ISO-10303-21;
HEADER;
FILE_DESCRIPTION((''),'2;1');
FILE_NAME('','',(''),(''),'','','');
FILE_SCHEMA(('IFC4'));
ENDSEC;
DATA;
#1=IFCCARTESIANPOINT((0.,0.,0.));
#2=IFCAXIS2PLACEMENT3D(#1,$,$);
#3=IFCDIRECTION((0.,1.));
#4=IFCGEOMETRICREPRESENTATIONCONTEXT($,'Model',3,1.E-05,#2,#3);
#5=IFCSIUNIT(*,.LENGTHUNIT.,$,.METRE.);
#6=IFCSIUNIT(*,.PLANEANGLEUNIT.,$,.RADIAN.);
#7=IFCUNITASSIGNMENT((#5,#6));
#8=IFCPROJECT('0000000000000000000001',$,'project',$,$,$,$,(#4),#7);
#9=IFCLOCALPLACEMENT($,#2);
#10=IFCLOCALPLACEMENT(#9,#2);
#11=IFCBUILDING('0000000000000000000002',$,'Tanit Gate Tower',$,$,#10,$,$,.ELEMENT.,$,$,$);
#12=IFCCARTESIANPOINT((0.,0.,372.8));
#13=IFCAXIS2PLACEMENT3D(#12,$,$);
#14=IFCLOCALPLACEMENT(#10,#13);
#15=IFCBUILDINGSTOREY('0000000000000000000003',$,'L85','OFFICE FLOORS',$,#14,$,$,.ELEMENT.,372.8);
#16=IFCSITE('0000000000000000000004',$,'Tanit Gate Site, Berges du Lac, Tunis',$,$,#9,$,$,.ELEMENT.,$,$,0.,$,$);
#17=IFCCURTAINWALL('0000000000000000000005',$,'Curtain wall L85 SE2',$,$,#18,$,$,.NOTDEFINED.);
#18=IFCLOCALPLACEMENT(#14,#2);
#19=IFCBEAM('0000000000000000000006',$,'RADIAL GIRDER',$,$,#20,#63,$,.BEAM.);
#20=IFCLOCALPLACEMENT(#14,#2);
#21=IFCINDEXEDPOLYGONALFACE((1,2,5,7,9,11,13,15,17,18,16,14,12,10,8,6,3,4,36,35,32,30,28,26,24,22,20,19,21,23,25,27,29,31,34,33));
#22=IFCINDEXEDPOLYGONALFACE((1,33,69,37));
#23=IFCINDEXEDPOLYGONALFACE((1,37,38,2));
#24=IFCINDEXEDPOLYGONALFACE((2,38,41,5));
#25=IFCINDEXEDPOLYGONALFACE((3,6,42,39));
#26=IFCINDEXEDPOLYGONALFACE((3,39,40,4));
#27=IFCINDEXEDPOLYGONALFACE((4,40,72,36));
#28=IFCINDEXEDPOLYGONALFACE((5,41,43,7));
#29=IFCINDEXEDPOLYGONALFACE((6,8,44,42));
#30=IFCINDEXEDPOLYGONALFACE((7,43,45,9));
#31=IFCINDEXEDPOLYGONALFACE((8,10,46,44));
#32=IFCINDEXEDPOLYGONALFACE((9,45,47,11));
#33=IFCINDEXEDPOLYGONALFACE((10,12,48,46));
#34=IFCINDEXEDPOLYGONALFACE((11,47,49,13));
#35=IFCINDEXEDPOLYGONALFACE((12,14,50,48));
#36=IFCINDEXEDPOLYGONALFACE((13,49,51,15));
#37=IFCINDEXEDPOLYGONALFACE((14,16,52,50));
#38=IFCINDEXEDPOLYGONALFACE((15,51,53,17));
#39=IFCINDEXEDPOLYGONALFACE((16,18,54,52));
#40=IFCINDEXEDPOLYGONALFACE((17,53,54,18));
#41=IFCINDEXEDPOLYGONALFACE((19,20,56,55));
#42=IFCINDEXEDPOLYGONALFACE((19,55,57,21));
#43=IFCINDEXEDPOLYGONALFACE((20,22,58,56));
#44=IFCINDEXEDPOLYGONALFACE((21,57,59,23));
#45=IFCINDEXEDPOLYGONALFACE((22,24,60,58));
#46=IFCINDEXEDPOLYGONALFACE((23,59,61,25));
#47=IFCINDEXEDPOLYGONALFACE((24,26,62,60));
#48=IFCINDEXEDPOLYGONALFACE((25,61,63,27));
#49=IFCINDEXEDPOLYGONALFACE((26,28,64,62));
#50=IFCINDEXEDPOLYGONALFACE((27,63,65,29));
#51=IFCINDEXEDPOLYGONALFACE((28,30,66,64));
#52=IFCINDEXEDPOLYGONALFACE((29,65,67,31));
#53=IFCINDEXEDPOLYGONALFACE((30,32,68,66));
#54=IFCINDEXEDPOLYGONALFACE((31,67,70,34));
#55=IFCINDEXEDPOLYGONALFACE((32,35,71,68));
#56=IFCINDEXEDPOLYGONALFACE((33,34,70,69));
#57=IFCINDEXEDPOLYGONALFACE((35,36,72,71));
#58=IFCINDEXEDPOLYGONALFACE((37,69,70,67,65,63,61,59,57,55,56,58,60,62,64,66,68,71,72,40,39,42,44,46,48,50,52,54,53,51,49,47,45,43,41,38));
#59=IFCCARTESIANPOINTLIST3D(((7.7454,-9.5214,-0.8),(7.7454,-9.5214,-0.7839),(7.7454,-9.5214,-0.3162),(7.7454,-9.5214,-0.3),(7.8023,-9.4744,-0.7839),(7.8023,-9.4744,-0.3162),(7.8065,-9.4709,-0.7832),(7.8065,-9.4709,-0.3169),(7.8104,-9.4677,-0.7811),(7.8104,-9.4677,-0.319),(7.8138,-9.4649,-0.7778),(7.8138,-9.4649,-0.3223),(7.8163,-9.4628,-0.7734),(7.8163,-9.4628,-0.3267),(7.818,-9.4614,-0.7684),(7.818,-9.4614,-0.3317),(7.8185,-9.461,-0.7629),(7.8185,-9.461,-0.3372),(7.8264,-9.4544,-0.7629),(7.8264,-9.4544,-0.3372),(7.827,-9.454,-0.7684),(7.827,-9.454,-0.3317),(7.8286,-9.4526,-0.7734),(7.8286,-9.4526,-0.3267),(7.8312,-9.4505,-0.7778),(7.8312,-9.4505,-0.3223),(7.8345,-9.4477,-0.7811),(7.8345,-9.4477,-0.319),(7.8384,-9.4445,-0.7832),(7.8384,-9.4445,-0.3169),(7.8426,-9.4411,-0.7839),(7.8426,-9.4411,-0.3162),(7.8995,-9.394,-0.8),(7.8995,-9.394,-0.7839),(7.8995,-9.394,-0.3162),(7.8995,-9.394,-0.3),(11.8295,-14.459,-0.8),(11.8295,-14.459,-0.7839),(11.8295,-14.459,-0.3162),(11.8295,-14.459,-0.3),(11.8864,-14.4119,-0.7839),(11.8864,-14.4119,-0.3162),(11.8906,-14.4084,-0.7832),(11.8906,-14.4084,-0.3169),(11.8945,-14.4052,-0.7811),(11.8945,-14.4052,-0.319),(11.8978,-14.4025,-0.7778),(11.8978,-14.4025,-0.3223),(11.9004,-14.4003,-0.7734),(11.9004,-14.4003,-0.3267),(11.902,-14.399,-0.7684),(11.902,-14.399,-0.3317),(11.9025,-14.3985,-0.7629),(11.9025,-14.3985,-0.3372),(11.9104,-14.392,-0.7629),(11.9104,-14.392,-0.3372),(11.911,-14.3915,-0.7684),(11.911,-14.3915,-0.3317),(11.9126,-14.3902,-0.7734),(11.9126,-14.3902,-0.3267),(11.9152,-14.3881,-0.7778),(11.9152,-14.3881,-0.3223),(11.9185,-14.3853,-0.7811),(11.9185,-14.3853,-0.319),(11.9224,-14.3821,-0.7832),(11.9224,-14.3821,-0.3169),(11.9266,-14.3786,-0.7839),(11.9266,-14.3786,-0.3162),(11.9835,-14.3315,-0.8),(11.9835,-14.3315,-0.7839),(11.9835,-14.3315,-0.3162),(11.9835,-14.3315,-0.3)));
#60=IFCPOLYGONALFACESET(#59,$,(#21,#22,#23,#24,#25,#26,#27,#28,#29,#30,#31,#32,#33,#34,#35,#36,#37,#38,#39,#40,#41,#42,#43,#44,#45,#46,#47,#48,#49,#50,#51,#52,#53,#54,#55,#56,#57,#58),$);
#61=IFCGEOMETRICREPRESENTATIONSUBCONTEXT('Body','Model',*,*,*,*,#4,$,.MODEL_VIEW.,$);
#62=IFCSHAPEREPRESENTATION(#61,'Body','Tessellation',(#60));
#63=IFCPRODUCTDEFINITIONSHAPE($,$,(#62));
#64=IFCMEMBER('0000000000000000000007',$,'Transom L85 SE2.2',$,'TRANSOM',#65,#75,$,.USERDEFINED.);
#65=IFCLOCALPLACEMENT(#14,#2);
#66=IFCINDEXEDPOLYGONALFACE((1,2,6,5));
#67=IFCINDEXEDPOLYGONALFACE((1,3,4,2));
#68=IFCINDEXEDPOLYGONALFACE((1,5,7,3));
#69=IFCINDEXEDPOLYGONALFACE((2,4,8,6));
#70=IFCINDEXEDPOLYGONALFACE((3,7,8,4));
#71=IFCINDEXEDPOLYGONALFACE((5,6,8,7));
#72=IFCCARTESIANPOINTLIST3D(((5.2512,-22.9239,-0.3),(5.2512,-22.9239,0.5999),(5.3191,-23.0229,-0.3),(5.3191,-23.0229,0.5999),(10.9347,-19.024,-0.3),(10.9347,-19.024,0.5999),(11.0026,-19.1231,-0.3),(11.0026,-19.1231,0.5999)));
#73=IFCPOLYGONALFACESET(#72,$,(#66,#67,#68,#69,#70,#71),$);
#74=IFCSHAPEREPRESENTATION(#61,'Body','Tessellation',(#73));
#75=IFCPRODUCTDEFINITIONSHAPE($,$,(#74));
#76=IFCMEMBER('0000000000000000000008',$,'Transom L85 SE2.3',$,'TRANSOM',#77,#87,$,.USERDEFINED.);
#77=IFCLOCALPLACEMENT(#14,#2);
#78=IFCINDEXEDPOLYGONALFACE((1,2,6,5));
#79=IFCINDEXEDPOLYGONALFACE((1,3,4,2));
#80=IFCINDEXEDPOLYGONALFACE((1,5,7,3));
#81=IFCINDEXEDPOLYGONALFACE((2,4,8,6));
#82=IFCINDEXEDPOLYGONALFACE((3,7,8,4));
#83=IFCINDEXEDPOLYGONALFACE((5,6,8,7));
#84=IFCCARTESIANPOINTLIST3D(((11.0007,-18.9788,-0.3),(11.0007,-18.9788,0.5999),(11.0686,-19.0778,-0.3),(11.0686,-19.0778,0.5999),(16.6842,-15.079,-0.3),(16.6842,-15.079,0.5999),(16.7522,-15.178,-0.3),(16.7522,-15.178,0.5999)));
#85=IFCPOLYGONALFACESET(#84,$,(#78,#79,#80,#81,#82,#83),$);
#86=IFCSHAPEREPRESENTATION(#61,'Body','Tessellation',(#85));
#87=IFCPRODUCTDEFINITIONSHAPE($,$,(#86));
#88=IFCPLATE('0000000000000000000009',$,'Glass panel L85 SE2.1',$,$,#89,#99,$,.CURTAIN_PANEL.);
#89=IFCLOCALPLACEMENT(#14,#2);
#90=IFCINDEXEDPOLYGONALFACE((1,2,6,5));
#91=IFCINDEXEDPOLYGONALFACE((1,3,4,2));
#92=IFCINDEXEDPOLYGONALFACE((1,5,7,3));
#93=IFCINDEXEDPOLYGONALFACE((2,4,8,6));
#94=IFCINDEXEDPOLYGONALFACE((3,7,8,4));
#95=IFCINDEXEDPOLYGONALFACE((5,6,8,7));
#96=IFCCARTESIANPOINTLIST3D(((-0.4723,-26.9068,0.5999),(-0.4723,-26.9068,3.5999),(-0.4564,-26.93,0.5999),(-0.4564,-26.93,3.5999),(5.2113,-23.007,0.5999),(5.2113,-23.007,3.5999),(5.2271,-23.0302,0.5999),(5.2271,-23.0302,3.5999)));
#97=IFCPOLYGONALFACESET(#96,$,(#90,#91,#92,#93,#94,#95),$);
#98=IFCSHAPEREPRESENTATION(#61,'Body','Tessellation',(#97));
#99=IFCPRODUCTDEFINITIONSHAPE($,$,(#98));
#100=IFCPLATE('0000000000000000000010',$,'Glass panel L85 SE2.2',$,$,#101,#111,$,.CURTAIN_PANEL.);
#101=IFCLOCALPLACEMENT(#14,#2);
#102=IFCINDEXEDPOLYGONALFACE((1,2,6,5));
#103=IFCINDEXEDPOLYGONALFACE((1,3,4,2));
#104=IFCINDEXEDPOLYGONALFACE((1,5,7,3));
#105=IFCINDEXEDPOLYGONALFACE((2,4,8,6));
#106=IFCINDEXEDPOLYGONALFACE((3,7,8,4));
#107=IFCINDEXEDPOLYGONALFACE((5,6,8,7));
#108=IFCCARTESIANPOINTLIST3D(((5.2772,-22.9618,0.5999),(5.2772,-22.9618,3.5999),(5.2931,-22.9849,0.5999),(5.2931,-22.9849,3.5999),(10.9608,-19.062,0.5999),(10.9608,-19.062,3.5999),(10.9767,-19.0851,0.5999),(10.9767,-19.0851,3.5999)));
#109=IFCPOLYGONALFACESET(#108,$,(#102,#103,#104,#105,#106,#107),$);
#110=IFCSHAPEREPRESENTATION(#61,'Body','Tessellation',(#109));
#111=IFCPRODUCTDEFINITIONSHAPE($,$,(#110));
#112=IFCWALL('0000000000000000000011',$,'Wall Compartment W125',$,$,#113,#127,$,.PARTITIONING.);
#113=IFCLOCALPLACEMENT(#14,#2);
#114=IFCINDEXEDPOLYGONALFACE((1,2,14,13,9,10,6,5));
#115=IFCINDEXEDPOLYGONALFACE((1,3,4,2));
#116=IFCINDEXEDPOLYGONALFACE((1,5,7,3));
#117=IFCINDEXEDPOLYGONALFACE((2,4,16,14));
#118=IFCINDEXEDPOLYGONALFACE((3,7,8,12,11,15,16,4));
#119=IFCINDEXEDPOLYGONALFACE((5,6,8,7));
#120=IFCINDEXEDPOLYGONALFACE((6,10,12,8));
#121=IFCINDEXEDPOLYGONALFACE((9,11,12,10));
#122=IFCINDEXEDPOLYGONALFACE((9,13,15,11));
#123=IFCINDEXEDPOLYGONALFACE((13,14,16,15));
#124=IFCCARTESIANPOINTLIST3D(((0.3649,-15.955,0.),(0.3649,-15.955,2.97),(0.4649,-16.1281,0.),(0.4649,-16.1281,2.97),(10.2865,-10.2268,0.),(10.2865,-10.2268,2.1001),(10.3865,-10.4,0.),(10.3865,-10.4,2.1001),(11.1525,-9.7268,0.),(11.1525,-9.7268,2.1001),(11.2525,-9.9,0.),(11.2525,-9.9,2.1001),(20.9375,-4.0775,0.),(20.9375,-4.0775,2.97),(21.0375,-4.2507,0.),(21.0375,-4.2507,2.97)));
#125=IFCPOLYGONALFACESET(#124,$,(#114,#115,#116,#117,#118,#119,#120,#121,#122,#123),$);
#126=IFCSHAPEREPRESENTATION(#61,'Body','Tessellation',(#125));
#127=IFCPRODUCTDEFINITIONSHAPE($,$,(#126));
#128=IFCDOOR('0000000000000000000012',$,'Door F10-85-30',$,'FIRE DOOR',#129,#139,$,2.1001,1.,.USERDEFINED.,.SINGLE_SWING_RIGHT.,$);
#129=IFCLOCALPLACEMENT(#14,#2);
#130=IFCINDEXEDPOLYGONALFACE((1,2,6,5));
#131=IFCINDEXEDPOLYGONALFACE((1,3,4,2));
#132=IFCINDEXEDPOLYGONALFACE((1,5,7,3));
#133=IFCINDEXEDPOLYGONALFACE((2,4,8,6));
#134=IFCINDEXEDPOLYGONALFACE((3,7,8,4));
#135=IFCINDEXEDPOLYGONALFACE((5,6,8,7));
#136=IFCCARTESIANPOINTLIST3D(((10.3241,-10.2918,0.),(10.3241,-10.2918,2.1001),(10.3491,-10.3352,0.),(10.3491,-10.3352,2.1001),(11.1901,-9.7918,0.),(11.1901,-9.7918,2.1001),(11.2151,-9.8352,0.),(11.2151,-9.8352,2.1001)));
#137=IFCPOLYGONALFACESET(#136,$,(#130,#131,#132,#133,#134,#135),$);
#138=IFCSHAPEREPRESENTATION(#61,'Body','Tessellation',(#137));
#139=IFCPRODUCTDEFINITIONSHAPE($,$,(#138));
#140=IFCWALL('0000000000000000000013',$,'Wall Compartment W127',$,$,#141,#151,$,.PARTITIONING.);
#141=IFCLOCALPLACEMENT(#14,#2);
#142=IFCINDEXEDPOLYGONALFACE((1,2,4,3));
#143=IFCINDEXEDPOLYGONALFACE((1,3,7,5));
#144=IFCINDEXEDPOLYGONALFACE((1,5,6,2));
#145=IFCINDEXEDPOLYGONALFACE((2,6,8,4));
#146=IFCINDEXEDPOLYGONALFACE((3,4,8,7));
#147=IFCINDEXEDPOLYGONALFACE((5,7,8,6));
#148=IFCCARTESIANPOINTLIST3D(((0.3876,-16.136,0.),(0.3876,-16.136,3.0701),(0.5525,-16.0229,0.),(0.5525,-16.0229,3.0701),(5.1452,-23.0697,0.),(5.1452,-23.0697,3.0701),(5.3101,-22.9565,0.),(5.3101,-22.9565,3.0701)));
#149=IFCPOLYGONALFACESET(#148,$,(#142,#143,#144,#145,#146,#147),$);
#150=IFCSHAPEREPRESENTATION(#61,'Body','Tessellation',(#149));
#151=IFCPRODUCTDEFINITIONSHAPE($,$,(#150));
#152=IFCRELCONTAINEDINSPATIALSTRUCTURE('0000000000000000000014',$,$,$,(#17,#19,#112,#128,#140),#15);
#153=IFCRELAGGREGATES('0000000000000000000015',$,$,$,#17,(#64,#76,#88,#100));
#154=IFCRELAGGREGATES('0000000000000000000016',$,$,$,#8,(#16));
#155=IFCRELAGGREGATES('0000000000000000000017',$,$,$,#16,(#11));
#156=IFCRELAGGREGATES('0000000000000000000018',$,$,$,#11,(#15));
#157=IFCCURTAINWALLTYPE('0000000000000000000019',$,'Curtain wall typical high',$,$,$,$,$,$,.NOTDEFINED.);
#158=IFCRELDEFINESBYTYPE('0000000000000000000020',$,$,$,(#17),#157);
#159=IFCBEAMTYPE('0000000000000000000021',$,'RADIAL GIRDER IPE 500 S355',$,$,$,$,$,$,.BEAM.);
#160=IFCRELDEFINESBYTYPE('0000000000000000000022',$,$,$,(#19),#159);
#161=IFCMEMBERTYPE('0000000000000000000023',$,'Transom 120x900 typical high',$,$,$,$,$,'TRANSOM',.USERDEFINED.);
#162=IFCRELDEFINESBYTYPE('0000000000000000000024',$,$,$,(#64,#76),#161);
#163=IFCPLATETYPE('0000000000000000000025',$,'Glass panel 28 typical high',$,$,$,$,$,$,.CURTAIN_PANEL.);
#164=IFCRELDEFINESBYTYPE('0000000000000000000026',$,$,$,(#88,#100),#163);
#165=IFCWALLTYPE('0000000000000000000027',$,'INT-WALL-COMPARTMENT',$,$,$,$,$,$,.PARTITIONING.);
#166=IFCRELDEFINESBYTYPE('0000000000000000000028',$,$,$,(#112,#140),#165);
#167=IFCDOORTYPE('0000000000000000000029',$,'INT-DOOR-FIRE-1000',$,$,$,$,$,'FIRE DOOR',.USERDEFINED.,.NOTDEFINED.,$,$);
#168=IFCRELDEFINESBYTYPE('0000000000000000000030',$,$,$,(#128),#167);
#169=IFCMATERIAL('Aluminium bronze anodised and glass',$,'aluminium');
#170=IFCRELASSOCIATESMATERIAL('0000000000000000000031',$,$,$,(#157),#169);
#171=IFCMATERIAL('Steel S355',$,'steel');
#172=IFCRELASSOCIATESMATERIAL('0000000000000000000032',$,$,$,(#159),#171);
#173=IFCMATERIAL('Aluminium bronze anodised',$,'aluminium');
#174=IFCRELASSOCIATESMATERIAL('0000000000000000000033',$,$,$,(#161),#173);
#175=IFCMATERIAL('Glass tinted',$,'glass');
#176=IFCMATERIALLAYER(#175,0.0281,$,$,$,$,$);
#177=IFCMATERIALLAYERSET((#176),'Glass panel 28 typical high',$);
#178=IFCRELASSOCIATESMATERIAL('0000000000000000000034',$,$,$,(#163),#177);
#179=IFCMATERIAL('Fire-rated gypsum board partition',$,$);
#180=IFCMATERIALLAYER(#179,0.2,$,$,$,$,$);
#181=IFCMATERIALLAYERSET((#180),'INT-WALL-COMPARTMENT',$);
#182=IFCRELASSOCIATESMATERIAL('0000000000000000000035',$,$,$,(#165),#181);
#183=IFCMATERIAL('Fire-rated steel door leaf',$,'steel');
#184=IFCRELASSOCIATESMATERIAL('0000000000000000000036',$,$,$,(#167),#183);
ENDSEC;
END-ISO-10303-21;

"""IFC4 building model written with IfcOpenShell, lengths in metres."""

from ifc_helpers import new_model, si_unit, direction, frame, frame_2d, origin, origin_2d, place, context, subcontext, project, spatial, rectangle, i_section, extrude, material, layer, layer_set, material_profile, profile_set, type_object, element, fill, aggregate, save


model = new_model("IFC4")

# Units and contexts
model_context = context("Model", 3, precision=1e-05, world=origin(), true_north=direction((0.0, 1.0)))
body_context = subcontext(model_context, "Body", "Model", "MODEL_VIEW")
ifc_project = project(units=[si_unit("LENGTHUNIT", "METRE"), si_unit("PLANEANGLEUNIT", "RADIAN")], contexts=[model_context])

# Site, building, storey
site_placement = place(None, origin())
site = spatial("IfcSite", under=ifc_project, at=site_placement, Name="Tanit Gate Site, Berges du Lac, Tunis", CompositionType="ELEMENT", RefElevation=0.0)
building_placement = place(site_placement, origin())
building = spatial("IfcBuilding", under=site, at=building_placement, Name="Tanit Gate Tower", CompositionType="ELEMENT")
storey_placement = place(building_placement, frame((0.0, 0.0, 372.8)))
storey = spatial("IfcBuildingStorey", under=building, at=storey_placement, Name="L85", Description="OFFICE FLOORS", CompositionType="ELEMENT", Elevation=372.8)

# Curtain wall
ifc_material_1 = material(Name="Aluminium bronze anodised and glass", Category="aluminium")
curtain_wall_type = type_object("IfcCurtainWallType", Name="Curtain wall typical high", PredefinedType="NOTDEFINED", material=ifc_material_1)
curtain_wall_placement = place(storey_placement, origin())
curtain_wall = element("IfcCurtainWall", 1, at=curtain_wall_placement, inside=storey, type_object=curtain_wall_type, Name="Curtain wall L85 SE2", PredefinedType="NOTDEFINED")

# Beam
ifc_material_2 = material(Name="Steel S355", Category="steel")
ifc_material_profile_1 = material_profile(ifc_material_2, i_section(OverallWidth=0.2, OverallDepth=0.5, WebThickness=0.0103, FlangeThickness=0.0161, FilletRadius=0.021, at=origin_2d()), Name="IPE 500")
ifc_profile_set_1 = profile_set([ifc_material_profile_1], Name="Steel S355")
beam_type = type_object("IfcBeamType", Name="RADIAL GIRDER IPE 500 S355", PredefinedType="BEAM", material=ifc_profile_set_1)
beam_1_placement = place(storey_placement, frame((11.9065, -14.3953, -0.55), z_axis=(-0.637362, 0.770565, 0.0), x_axis=(-0.770565, -0.637362, 0.0)))
element("IfcBeam", 2, at=beam_1_placement, inside=storey, type_object=beam_type, Name="RADIAL GIRDER", PredefinedType="BEAM", context=body_context, shape_type="SweptSolid", body=[
    extrude(i_section(OverallWidth=0.2, OverallDepth=0.5, WebThickness=0.0103, FlangeThickness=0.0161, FilletRadius=0.021, at=origin_2d()), origin(), (0.0, 0.0, 1.0), 6.4077),
])

# Members
ifc_material_3 = material(Name="Aluminium bronze anodised", Category="aluminium")
ifc_material_profile_2 = material_profile(ifc_material_3, rectangle(XDim=0.1201, YDim=0.8999, at=origin_2d()), Name="120x900 bronze transom")
ifc_profile_set_2 = profile_set([ifc_material_profile_2], Name="Aluminium bronze anodised")
member_type_1 = type_object("IfcMemberType", Name="Transom 120x900 typical high", ElementType="TRANSOM", PredefinedType="USERDEFINED", material=ifc_profile_set_2)
member_1_placement = place(storey_placement, frame((5.2852, -22.9734, 0.1499), z_axis=(0.824554, 0.565783, 0.0), x_axis=(-0.565783, 0.824554, 0.0)))
member_1 = element("IfcMember", 3, at=member_1_placement, type_object=member_type_1, Name="Transom L85 SE2.2", ObjectType="TRANSOM", PredefinedType="USERDEFINED", context=body_context, shape_type="SweptSolid", body=[
    extrude(rectangle(XDim=0.1201, YDim=0.8999, at=origin_2d()), origin(), (0.0, 0.0, 1.0), 6.8928),
])
member_2_placement = place(storey_placement, frame((11.0347, -19.0283, 0.1499), z_axis=(0.824554, 0.565783, 0.0), x_axis=(-0.565783, 0.824554, 0.0)))
member_2 = element("IfcMember", 4, at=member_2_placement, type_object=member_type_1, Name="Transom L85 SE2.3", ObjectType="TRANSOM", PredefinedType="USERDEFINED", context=body_context, shape_type="SweptSolid", body=[
    extrude(rectangle(XDim=0.1201, YDim=0.8999, at=origin_2d()), origin(), (0.0, 0.0, 1.0), 6.8928),
])

# Plates
ifc_material_4 = material(Name="Glass tinted", Category="glass")
ifc_layer_1 = layer(ifc_material_4, 0.0281)
ifc_layer_set_1 = layer_set([ifc_layer_1], Name="Glass panel 28 typical high")
plate_type = type_object("IfcPlateType", Name="Glass panel 28 typical high", PredefinedType="CURTAIN_PANEL", material=ifc_layer_set_1)
plate_1_placement = place(storey_placement, frame((2.3774, -24.9685, 0.5999), z_axis=(0.0, 0.0, 1.0), x_axis=(0.824557, 0.56578, 0.0)))
plate_1 = element("IfcPlate", 5, at=plate_1_placement, type_object=plate_type, Name="Glass panel L85 SE2.1", PredefinedType="CURTAIN_PANEL", context=body_context, shape_type="SweptSolid", body=[
    extrude(rectangle(XDim=6.8928, YDim=0.0281, at=origin_2d()), origin(), (0.0, 0.0, 1.0), 3.0),
])
plate_2_placement = place(storey_placement, frame((8.127, -21.0234, 0.5999), z_axis=(0.0, 0.0, 1.0), x_axis=(0.824557, 0.56578, 0.0)))
plate_2 = element("IfcPlate", 6, at=plate_2_placement, type_object=plate_type, Name="Glass panel L85 SE2.2", PredefinedType="CURTAIN_PANEL", context=body_context, shape_type="SweptSolid", body=[
    extrude(rectangle(XDim=6.8928, YDim=0.0281, at=origin_2d()), origin(), (0.0, 0.0, 1.0), 3.0),
])
aggregate(curtain_wall, [member_1, member_2, plate_1, plate_2])

# Wall, opening, door
ifc_material_5 = material(Name="Fire-rated gypsum board partition")
ifc_layer_2 = layer(ifc_material_5, 0.2)
ifc_layer_set_2 = layer_set([ifc_layer_2], Name="INT-WALL-COMPARTMENT")
wall_type_1 = type_object("IfcWallType", Name="INT-WALL-COMPARTMENT", PredefinedType="PARTITIONING", material=ifc_layer_set_2)
wall_1_placement = place(storey_placement, frame((0.415, -16.0415, 0.0), z_axis=(0.0, 0.0, 1.0), x_axis=(0.866027, 0.499997, 0.0)))
wall_1 = element("IfcWall", 7, at=wall_1_placement, inside=storey, type_object=wall_type_1, Name="Wall Compartment W125", PredefinedType="PARTITIONING", context=body_context, shape_type="SweptSolid", body=[
    extrude(rectangle(XDim=23.7551, YDim=0.2, at=frame_2d((11.8774, 0.0))), origin(), (0.0, 0.0, 1.0), 2.97),
])
opening_1_placement = place(wall_1_placement, frame((11.4563, 0.0, 0.0)))
opening_1 = element("IfcOpeningElement", 8, at=opening_1_placement, cuts=wall_1, PredefinedType="OPENING", context=body_context, shape_type="SweptSolid", body=[
    extrude(rectangle(XDim=1.0, YDim=2.1001, at=frame_2d((0.5, 1.05))), frame((0.0, 0.1099, 0.0), z_axis=(0.0, -1.0, 0.0), x_axis=(1.0, 0.0, 0.0)), (0.0, 0.0, 1.0), 0.22),
])
ifc_material_6 = material(Name="Fire-rated steel door leaf", Category="steel")
door_type_1 = type_object("IfcDoorType", Name="INT-DOOR-FIRE-1000", ElementType="FIRE DOOR", OperationType="NOTDEFINED", PredefinedType="USERDEFINED", material=ifc_material_6)
door_1_placement = place(opening_1_placement, origin())
door_1 = element("IfcDoor", 9, at=door_1_placement, inside=storey, type_object=door_type_1, Name="Door F10-85-30", ObjectType="FIRE DOOR", OperationType="SINGLE_SWING_RIGHT", OverallHeight=2.1001, OverallWidth=1.0, PredefinedType="USERDEFINED", context=body_context, shape_type="SweptSolid", body=[
    extrude(rectangle(XDim=1.0, YDim=2.1001, at=frame_2d((0.5, 1.05))), frame((0.0, 0.0249, 0.0), z_axis=(0.0, -1.0, 0.0), x_axis=(1.0, 0.0, 0.0)), (0.0, 0.0, 1.0), 0.05),
])
fill(opening_1, door_1)

# Wall
wall_2_placement = place(storey_placement, frame((0.47, -16.0793, 0.0), z_axis=(0.0, 0.0, 1.0), x_axis=(0.565779, -0.824557, 0.0)))
element("IfcWall", 10, at=wall_2_placement, inside=storey, type_object=wall_type_1, Name="Wall Compartment W127", PredefinedType="PARTITIONING", context=body_context, shape_type="SweptSolid", body=[
    extrude(rectangle(XDim=8.4089, YDim=0.2, at=frame_2d((4.2046, 0.0))), origin(), (0.0, 0.0, 1.0), 3.0701),
])

save(model, "model.ifc")
